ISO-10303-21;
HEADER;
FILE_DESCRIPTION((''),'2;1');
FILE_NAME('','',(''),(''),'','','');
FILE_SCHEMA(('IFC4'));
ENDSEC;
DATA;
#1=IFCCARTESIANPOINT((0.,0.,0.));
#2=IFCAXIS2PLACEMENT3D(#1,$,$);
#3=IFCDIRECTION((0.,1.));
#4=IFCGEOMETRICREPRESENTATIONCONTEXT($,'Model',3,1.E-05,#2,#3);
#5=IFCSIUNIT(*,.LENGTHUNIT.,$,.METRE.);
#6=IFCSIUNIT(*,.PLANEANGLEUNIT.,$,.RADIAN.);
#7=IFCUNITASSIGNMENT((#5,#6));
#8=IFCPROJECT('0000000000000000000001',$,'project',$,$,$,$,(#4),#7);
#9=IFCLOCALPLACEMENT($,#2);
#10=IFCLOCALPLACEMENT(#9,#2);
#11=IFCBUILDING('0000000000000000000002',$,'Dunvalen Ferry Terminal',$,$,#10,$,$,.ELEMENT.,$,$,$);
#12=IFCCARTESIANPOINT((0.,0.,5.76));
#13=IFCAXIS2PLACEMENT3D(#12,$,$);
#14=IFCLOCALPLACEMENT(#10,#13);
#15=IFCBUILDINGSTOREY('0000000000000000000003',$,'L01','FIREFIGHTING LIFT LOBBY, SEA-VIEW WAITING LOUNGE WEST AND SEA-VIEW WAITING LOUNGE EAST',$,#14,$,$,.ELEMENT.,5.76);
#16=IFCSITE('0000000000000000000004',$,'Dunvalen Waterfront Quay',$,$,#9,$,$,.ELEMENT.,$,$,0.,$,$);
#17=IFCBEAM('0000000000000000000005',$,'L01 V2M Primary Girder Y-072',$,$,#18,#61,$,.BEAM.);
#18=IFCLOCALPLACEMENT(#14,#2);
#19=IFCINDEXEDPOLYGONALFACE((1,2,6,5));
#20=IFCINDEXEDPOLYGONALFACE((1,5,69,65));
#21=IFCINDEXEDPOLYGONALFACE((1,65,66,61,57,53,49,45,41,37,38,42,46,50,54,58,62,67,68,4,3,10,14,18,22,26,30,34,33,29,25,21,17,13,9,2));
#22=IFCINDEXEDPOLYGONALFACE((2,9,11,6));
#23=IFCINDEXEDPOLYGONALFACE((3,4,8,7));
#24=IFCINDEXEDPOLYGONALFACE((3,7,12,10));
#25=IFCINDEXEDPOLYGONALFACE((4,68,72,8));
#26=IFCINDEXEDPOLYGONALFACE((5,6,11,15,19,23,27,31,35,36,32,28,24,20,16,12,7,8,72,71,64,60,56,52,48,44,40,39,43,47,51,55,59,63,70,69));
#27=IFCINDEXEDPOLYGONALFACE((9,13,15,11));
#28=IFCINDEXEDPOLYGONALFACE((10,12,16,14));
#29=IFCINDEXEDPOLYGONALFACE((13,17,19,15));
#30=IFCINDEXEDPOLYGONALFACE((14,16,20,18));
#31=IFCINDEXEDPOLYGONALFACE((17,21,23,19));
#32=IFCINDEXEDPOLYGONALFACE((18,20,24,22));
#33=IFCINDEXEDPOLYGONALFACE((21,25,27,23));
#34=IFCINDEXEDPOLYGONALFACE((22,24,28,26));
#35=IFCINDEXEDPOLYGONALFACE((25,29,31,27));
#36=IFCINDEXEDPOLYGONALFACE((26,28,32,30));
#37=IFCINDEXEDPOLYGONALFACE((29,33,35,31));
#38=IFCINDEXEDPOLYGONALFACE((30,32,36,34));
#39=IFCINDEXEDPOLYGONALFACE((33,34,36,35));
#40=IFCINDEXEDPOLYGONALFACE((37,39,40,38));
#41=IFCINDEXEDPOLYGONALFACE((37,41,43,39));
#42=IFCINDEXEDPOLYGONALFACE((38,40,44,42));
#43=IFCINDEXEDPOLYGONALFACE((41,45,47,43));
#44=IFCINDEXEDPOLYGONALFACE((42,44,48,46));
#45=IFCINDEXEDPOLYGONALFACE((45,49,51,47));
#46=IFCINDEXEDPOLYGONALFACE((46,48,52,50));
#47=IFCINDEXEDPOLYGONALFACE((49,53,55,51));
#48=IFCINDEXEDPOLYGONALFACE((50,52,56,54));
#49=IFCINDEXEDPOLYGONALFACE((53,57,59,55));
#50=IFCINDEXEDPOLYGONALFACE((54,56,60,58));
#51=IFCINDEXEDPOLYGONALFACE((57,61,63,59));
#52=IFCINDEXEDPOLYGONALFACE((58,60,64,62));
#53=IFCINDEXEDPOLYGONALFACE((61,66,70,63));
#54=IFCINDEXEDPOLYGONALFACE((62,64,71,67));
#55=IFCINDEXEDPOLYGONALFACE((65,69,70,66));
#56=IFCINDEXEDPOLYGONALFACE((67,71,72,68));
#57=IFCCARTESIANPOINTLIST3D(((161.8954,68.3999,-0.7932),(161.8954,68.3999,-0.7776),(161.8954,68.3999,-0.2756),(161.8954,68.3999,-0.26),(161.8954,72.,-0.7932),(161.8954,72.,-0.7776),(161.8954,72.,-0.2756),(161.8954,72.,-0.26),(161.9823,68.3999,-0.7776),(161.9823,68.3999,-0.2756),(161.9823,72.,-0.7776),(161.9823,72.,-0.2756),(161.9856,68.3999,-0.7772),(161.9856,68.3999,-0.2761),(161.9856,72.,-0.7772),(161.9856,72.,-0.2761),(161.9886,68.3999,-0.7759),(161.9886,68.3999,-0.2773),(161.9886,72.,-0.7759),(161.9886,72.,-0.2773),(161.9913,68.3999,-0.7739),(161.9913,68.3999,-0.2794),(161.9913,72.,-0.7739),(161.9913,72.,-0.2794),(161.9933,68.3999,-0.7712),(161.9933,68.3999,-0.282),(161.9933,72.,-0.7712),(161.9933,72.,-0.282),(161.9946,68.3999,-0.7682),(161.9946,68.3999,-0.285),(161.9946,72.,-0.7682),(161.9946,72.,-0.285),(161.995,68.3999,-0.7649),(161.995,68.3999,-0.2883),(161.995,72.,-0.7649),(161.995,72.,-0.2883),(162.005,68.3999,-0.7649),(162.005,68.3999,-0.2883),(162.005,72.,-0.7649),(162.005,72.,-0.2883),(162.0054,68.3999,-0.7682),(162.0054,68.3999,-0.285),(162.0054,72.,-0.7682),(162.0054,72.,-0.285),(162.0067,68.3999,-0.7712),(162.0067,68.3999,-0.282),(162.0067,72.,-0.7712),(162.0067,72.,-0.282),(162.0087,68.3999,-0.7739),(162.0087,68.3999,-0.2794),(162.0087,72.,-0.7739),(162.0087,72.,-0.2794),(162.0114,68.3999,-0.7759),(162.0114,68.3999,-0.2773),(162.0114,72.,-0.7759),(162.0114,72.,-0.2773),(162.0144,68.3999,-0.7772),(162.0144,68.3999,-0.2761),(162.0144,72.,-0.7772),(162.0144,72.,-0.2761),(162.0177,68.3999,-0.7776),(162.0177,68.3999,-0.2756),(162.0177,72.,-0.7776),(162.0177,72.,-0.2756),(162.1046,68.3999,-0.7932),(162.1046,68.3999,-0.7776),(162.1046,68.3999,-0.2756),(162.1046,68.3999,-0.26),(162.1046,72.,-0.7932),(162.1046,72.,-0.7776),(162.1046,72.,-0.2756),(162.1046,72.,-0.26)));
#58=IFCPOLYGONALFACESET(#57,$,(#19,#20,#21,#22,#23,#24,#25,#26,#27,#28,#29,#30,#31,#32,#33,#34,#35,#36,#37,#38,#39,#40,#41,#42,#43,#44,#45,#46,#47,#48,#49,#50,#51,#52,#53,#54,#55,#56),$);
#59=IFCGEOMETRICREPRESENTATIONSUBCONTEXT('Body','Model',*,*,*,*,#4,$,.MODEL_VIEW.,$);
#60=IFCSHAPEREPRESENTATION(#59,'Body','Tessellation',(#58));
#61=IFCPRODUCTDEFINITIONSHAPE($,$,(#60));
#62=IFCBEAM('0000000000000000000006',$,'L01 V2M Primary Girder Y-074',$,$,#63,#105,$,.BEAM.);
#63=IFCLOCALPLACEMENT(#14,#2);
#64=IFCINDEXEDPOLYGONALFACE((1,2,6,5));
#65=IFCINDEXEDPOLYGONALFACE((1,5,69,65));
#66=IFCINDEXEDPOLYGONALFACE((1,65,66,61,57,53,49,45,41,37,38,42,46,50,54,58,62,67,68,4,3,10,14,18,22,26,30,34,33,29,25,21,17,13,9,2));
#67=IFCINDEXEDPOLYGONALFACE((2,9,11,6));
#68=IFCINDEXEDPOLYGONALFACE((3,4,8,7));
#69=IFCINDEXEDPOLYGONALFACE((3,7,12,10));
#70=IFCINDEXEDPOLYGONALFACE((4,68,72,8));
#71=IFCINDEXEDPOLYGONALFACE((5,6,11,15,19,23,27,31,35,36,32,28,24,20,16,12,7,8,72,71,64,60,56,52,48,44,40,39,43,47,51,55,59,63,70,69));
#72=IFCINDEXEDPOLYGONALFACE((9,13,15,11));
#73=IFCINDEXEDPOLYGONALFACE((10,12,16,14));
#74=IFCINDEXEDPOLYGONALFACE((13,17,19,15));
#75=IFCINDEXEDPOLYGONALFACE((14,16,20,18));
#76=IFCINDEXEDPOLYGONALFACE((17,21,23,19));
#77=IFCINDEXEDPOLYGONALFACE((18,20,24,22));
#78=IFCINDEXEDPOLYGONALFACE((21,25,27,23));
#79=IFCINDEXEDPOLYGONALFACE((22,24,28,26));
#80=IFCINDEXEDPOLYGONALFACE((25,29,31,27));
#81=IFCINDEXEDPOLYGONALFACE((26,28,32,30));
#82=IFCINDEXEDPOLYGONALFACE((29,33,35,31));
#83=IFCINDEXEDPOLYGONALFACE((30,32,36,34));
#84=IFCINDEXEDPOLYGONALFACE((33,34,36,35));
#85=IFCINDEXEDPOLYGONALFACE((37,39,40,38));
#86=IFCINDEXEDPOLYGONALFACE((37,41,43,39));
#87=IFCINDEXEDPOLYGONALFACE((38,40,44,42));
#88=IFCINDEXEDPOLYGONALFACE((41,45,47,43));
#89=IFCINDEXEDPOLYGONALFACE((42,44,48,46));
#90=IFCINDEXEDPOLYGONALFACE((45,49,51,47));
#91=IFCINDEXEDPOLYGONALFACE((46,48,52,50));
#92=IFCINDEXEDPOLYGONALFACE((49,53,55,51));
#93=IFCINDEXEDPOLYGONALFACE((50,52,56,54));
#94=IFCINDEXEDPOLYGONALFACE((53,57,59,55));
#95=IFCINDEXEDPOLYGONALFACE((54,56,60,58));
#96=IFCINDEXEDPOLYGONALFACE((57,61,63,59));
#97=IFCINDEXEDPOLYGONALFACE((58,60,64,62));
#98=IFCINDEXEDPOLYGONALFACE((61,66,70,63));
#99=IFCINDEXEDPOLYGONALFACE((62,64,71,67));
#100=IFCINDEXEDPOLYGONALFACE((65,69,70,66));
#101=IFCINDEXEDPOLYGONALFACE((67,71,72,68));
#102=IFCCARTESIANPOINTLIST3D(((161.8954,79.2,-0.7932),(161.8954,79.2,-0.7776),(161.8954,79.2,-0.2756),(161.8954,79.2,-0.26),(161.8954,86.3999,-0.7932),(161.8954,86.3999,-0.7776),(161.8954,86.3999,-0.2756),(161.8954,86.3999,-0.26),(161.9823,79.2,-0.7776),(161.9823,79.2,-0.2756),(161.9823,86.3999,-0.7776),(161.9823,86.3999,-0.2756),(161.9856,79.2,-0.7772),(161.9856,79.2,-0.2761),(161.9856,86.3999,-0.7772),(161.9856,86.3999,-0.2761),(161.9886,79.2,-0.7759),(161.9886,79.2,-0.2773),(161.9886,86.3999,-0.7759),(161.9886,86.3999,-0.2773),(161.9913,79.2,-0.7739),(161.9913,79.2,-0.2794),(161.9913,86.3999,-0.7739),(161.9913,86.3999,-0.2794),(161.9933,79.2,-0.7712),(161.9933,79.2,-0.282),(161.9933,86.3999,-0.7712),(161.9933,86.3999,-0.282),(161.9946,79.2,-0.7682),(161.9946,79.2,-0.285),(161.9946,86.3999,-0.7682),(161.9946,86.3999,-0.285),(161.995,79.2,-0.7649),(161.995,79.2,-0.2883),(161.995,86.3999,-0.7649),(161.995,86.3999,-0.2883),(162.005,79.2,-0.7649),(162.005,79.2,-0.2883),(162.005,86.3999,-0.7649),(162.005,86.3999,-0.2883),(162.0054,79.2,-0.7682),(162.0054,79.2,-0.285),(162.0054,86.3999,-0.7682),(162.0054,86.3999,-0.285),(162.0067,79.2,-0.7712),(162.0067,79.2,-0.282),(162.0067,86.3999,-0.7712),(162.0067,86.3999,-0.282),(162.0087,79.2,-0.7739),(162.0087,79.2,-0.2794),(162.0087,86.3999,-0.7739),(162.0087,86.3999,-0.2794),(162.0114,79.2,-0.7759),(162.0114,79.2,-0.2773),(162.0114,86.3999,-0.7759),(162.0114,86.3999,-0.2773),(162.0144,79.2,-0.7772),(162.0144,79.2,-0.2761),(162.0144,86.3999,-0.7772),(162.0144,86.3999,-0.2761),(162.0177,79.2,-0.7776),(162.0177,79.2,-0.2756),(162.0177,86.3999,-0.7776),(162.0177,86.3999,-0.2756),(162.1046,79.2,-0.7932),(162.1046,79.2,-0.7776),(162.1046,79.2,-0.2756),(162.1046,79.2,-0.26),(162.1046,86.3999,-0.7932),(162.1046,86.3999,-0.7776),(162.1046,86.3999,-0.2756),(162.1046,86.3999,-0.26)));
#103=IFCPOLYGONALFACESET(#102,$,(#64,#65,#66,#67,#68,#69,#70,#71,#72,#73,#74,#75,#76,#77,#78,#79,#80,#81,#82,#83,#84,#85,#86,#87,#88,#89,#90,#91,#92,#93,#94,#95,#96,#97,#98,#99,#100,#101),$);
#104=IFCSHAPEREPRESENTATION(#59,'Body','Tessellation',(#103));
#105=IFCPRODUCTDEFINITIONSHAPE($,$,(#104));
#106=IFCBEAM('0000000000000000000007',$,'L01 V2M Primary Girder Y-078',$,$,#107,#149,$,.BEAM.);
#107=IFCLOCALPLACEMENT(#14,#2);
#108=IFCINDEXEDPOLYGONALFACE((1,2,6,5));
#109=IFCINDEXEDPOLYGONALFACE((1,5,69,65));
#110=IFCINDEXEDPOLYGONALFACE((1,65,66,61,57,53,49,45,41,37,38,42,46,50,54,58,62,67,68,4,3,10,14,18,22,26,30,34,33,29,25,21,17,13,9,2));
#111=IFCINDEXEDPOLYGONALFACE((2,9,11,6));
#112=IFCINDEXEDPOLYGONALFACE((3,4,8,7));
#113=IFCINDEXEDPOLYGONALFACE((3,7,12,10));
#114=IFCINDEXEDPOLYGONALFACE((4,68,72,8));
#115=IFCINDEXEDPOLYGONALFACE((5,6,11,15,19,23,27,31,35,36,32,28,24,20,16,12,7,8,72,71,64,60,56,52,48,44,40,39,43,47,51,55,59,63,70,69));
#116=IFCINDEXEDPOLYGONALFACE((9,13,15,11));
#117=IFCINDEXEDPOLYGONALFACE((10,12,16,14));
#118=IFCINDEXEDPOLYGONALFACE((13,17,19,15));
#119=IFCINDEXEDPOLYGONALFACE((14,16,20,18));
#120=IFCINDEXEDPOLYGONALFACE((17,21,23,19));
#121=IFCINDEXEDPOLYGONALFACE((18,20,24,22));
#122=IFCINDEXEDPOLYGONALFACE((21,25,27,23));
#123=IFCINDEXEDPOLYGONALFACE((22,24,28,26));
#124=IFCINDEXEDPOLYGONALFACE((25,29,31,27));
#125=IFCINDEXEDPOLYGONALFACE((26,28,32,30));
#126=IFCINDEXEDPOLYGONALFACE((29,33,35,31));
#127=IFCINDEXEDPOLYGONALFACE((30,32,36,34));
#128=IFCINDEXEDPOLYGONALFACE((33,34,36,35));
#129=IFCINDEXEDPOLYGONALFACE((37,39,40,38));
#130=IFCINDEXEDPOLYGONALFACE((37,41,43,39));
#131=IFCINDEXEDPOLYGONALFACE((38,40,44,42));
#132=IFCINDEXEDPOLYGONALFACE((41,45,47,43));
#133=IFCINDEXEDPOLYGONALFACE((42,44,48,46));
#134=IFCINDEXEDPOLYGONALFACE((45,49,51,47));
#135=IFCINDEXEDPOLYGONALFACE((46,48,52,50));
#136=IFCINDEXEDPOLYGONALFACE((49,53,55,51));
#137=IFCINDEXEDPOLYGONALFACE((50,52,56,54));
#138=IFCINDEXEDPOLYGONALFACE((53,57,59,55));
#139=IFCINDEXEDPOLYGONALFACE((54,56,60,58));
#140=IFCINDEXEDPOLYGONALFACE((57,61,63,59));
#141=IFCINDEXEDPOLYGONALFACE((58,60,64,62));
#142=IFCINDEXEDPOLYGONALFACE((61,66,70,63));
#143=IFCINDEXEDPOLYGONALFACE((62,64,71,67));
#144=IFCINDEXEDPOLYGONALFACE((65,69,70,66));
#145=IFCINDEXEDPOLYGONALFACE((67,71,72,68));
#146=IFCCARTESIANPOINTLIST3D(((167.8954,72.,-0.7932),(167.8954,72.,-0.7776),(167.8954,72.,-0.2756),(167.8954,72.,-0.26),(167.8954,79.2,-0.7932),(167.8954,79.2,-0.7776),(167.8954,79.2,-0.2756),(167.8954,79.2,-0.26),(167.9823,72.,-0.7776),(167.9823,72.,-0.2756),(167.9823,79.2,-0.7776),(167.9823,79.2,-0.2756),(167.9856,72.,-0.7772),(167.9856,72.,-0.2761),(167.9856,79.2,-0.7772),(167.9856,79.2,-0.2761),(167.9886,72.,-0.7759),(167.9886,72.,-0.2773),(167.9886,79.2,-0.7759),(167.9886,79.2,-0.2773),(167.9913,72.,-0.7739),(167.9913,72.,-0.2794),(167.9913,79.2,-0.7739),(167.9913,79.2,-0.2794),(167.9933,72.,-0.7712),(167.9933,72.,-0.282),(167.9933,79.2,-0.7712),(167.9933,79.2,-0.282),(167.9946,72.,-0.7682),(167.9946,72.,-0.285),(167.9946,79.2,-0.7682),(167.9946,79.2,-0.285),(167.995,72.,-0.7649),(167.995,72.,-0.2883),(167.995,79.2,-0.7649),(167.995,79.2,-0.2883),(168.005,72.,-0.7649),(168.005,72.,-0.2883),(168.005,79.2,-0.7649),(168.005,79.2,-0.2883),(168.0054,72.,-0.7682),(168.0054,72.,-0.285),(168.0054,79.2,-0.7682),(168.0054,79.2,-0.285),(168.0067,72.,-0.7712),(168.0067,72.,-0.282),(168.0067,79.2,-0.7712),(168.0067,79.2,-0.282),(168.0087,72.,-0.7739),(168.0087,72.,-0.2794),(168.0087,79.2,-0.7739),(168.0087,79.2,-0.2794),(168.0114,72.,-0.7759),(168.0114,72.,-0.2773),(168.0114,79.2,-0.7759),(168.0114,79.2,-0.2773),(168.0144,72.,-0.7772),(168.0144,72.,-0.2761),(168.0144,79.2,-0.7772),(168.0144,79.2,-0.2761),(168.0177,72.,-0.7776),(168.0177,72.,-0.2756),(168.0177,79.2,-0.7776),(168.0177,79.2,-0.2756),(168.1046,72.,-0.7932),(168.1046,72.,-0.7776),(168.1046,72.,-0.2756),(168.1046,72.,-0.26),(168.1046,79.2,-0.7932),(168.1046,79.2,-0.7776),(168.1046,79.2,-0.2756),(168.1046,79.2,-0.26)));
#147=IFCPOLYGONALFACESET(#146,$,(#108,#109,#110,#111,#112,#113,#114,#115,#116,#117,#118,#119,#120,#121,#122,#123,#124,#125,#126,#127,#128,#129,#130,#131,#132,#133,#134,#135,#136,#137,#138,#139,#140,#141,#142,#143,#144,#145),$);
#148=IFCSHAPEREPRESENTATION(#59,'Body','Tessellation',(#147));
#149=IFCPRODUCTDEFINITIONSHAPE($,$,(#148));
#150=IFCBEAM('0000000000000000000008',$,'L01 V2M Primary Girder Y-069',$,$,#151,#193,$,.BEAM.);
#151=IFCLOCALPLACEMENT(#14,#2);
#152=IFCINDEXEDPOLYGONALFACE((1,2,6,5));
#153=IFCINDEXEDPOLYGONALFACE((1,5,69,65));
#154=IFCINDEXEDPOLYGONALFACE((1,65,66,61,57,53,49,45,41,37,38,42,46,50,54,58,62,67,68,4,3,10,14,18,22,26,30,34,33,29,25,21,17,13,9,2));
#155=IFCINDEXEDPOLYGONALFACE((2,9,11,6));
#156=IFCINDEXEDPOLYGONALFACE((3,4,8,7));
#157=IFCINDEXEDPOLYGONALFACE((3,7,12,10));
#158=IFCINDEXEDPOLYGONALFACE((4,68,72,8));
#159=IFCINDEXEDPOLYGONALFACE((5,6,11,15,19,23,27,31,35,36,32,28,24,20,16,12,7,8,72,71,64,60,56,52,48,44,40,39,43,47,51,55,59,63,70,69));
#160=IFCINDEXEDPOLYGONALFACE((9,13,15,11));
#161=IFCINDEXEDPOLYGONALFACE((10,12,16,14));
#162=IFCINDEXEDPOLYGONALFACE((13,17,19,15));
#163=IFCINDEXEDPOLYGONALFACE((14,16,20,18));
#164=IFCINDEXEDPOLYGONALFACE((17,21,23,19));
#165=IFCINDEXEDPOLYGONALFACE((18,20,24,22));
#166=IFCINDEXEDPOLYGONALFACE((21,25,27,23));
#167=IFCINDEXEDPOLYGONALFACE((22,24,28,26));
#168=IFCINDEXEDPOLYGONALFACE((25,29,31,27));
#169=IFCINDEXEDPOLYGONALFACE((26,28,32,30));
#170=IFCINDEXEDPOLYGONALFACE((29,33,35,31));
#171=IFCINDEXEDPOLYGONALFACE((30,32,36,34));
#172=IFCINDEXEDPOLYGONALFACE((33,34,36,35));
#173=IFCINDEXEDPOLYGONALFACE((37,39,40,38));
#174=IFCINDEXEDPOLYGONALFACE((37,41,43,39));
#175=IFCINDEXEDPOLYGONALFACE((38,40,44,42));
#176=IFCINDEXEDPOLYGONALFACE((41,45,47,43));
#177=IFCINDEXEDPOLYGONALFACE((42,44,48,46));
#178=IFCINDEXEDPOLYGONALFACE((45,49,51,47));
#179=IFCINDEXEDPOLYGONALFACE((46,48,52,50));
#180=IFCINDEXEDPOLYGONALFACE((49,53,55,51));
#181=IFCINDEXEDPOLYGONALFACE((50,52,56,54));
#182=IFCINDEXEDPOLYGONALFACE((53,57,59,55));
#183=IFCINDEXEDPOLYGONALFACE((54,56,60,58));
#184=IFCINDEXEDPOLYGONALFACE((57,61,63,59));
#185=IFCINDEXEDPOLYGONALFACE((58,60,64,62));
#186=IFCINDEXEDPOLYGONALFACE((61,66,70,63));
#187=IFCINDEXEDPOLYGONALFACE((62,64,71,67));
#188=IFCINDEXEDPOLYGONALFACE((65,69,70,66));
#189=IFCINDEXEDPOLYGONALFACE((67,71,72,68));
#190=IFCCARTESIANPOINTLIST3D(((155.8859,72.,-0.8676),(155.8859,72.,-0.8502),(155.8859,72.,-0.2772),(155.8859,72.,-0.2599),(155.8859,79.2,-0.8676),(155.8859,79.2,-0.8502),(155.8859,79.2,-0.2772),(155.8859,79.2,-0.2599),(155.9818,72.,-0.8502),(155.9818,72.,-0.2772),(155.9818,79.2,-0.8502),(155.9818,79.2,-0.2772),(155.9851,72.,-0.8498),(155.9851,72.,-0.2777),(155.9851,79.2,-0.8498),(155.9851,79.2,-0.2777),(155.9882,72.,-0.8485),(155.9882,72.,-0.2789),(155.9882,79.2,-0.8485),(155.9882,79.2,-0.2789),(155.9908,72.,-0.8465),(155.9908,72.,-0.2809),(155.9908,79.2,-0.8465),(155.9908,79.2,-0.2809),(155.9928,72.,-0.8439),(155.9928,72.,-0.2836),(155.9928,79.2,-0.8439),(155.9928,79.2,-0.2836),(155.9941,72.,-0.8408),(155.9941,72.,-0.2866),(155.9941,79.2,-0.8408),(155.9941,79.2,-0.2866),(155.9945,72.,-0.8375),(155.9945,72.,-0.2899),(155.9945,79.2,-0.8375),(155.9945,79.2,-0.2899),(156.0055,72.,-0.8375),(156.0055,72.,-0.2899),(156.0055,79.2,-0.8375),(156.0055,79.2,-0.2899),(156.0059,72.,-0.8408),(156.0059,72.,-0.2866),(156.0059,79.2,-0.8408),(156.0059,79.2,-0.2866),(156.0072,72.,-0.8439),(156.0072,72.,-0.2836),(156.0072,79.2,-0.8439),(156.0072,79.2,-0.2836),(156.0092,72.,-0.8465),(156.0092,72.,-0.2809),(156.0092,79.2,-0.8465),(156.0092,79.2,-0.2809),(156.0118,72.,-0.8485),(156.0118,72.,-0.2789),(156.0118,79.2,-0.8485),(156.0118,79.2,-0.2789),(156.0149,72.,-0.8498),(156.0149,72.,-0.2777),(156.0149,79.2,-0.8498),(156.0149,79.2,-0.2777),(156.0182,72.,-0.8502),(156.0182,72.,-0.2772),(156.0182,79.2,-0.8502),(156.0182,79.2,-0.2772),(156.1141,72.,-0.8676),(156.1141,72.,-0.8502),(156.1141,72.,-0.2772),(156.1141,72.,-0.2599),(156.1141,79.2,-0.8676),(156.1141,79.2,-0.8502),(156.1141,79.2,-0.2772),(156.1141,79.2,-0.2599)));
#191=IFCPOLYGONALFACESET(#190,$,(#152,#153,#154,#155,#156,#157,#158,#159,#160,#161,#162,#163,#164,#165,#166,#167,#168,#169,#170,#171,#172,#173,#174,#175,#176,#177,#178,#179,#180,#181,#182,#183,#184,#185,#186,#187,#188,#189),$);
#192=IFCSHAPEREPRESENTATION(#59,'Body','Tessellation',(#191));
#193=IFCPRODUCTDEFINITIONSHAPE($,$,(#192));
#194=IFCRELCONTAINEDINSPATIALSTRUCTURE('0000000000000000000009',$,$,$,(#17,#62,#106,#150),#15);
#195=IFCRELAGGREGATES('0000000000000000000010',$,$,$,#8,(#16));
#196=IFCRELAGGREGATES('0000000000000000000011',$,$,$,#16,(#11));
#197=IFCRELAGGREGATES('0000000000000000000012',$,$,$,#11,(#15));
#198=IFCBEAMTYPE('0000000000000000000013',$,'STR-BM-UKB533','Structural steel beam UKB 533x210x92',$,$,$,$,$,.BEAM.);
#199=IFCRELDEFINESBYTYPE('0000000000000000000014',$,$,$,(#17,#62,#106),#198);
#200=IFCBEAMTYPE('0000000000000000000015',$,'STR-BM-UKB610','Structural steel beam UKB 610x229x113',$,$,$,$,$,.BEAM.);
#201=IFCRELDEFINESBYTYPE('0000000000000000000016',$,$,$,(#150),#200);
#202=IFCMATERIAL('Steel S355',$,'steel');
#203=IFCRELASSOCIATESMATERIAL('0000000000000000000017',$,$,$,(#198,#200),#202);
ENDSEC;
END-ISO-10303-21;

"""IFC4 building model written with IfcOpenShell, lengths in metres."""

from ifc_helpers import new_model, si_unit, direction, frame, origin, origin_2d, place, context, subcontext, project, spatial, i_section, extrude, material, material_profile, profile_set, type_object, element, save


model = new_model("IFC4")

# Units and contexts
model_context = context("Model", 3, precision=1e-05, world=origin(), true_north=direction((0.0, 1.0)))
body_context = subcontext(model_context, "Body", "Model", "MODEL_VIEW")
ifc_project = project(units=[si_unit("LENGTHUNIT", "METRE"), si_unit("PLANEANGLEUNIT", "RADIAN")], contexts=[model_context])

# Site, building, storey
site_placement = place(None, origin())
site = spatial("IfcSite", under=ifc_project, at=site_placement, Name="Dunvalen Waterfront Quay", CompositionType="ELEMENT", RefElevation=0.0)
building_placement = place(site_placement, origin())
building = spatial("IfcBuilding", under=site, at=building_placement, Name="Dunvalen Ferry Terminal", CompositionType="ELEMENT")
storey_placement = place(building_placement, frame((0.0, 0.0, 5.76)))
storey = spatial("IfcBuildingStorey", under=building, at=storey_placement, Name="L01", Description="FIREFIGHTING LIFT LOBBY, SEA-VIEW WAITING LOUNGE WEST AND SEA-VIEW WAITING LOUNGE EAST", CompositionType="ELEMENT", Elevation=5.76)

# Beams
ifc_material_1 = material(Name="Steel S355", Category="steel")
ifc_material_profile_1 = material_profile(ifc_material_1, i_section(OverallWidth=0.2092, OverallDepth=0.5332, WebThickness=0.01, FlangeThickness=0.0156, FilletRadius=0.0127, at=origin_2d()), Name="Steel S355")
ifc_profile_set_1 = profile_set([ifc_material_profile_1], Name="Steel S355")
beam_type_1 = type_object("IfcBeamType", Name="STR-BM-UKB533", Description="Structural steel beam UKB 533x210x92", PredefinedType="BEAM", material=ifc_profile_set_1)
for number, where, z_axis, x_axis, name in (
    (1, (162.0, 68.3999, -0.5266), (0.0, 1.0, 0.0), (-1.0, 0.0, 0.0), "L01 V2M Primary Girder Y-072"),
):
    element("IfcBeam", number, at=place(storey_placement, frame(where, z_axis=z_axis, x_axis=x_axis)), inside=storey, type_object=beam_type_1, Name=name, PredefinedType="BEAM", context=body_context, shape_type="SweptSolid", body=[
        extrude(i_section(OverallWidth=0.2092, OverallDepth=0.5332, WebThickness=0.01, FlangeThickness=0.0156, FilletRadius=0.0127, at=origin_2d()), origin(), (0.0, 0.0, 1.0), 3.6001),
    ])
for number, where, z_axis, x_axis, name in (
    (2, (162.0, 79.2, -0.5266), (0.0, 1.0, 0.0), (-1.0, 0.0, 0.0), "L01 V2M Primary Girder Y-074"),
    (3, (168.0, 72.0, -0.5266), (0.0, 1.0, 0.0), (-1.0, 0.0, 0.0), "L01 V2M Primary Girder Y-078"),
):
    element("IfcBeam", number, at=place(storey_placement, frame(where, z_axis=z_axis, x_axis=x_axis)), inside=storey, type_object=beam_type_1, Name=name, PredefinedType="BEAM", context=body_context, shape_type="SweptSolid", body=[
        extrude(i_section(OverallWidth=0.2092, OverallDepth=0.5332, WebThickness=0.01, FlangeThickness=0.0156, FilletRadius=0.0127, at=origin_2d()), origin(), (0.0, 0.0, 1.0), 7.2),
    ])
ifc_material_profile_2 = material_profile(ifc_material_1, i_section(OverallWidth=0.2283, OverallDepth=0.6077, WebThickness=0.011, FlangeThickness=0.0173, FilletRadius=0.0127, at=origin_2d()), Name="Steel S355")
ifc_profile_set_2 = profile_set([ifc_material_profile_2], Name="Steel S355")
beam_type_2 = type_object("IfcBeamType", Name="STR-BM-UKB610", Description="Structural steel beam UKB 610x229x113", PredefinedType="BEAM", material=ifc_profile_set_2)
for number, where, z_axis, x_axis, name in (
    (4, (156.0, 72.0, -0.5637), (0.0, 1.0, 0.0), (-1.0, 0.0, 0.0), "L01 V2M Primary Girder Y-069"),
):
    element("IfcBeam", number, at=place(storey_placement, frame(where, z_axis=z_axis, x_axis=x_axis)), inside=storey, type_object=beam_type_2, Name=name, PredefinedType="BEAM", context=body_context, shape_type="SweptSolid", body=[
        extrude(i_section(OverallWidth=0.2283, OverallDepth=0.6077, WebThickness=0.011, FlangeThickness=0.0173, FilletRadius=0.0127, at=origin_2d()), origin(), (0.0, 0.0, 1.0), 7.2),
    ])

save(model, "model.ifc")
